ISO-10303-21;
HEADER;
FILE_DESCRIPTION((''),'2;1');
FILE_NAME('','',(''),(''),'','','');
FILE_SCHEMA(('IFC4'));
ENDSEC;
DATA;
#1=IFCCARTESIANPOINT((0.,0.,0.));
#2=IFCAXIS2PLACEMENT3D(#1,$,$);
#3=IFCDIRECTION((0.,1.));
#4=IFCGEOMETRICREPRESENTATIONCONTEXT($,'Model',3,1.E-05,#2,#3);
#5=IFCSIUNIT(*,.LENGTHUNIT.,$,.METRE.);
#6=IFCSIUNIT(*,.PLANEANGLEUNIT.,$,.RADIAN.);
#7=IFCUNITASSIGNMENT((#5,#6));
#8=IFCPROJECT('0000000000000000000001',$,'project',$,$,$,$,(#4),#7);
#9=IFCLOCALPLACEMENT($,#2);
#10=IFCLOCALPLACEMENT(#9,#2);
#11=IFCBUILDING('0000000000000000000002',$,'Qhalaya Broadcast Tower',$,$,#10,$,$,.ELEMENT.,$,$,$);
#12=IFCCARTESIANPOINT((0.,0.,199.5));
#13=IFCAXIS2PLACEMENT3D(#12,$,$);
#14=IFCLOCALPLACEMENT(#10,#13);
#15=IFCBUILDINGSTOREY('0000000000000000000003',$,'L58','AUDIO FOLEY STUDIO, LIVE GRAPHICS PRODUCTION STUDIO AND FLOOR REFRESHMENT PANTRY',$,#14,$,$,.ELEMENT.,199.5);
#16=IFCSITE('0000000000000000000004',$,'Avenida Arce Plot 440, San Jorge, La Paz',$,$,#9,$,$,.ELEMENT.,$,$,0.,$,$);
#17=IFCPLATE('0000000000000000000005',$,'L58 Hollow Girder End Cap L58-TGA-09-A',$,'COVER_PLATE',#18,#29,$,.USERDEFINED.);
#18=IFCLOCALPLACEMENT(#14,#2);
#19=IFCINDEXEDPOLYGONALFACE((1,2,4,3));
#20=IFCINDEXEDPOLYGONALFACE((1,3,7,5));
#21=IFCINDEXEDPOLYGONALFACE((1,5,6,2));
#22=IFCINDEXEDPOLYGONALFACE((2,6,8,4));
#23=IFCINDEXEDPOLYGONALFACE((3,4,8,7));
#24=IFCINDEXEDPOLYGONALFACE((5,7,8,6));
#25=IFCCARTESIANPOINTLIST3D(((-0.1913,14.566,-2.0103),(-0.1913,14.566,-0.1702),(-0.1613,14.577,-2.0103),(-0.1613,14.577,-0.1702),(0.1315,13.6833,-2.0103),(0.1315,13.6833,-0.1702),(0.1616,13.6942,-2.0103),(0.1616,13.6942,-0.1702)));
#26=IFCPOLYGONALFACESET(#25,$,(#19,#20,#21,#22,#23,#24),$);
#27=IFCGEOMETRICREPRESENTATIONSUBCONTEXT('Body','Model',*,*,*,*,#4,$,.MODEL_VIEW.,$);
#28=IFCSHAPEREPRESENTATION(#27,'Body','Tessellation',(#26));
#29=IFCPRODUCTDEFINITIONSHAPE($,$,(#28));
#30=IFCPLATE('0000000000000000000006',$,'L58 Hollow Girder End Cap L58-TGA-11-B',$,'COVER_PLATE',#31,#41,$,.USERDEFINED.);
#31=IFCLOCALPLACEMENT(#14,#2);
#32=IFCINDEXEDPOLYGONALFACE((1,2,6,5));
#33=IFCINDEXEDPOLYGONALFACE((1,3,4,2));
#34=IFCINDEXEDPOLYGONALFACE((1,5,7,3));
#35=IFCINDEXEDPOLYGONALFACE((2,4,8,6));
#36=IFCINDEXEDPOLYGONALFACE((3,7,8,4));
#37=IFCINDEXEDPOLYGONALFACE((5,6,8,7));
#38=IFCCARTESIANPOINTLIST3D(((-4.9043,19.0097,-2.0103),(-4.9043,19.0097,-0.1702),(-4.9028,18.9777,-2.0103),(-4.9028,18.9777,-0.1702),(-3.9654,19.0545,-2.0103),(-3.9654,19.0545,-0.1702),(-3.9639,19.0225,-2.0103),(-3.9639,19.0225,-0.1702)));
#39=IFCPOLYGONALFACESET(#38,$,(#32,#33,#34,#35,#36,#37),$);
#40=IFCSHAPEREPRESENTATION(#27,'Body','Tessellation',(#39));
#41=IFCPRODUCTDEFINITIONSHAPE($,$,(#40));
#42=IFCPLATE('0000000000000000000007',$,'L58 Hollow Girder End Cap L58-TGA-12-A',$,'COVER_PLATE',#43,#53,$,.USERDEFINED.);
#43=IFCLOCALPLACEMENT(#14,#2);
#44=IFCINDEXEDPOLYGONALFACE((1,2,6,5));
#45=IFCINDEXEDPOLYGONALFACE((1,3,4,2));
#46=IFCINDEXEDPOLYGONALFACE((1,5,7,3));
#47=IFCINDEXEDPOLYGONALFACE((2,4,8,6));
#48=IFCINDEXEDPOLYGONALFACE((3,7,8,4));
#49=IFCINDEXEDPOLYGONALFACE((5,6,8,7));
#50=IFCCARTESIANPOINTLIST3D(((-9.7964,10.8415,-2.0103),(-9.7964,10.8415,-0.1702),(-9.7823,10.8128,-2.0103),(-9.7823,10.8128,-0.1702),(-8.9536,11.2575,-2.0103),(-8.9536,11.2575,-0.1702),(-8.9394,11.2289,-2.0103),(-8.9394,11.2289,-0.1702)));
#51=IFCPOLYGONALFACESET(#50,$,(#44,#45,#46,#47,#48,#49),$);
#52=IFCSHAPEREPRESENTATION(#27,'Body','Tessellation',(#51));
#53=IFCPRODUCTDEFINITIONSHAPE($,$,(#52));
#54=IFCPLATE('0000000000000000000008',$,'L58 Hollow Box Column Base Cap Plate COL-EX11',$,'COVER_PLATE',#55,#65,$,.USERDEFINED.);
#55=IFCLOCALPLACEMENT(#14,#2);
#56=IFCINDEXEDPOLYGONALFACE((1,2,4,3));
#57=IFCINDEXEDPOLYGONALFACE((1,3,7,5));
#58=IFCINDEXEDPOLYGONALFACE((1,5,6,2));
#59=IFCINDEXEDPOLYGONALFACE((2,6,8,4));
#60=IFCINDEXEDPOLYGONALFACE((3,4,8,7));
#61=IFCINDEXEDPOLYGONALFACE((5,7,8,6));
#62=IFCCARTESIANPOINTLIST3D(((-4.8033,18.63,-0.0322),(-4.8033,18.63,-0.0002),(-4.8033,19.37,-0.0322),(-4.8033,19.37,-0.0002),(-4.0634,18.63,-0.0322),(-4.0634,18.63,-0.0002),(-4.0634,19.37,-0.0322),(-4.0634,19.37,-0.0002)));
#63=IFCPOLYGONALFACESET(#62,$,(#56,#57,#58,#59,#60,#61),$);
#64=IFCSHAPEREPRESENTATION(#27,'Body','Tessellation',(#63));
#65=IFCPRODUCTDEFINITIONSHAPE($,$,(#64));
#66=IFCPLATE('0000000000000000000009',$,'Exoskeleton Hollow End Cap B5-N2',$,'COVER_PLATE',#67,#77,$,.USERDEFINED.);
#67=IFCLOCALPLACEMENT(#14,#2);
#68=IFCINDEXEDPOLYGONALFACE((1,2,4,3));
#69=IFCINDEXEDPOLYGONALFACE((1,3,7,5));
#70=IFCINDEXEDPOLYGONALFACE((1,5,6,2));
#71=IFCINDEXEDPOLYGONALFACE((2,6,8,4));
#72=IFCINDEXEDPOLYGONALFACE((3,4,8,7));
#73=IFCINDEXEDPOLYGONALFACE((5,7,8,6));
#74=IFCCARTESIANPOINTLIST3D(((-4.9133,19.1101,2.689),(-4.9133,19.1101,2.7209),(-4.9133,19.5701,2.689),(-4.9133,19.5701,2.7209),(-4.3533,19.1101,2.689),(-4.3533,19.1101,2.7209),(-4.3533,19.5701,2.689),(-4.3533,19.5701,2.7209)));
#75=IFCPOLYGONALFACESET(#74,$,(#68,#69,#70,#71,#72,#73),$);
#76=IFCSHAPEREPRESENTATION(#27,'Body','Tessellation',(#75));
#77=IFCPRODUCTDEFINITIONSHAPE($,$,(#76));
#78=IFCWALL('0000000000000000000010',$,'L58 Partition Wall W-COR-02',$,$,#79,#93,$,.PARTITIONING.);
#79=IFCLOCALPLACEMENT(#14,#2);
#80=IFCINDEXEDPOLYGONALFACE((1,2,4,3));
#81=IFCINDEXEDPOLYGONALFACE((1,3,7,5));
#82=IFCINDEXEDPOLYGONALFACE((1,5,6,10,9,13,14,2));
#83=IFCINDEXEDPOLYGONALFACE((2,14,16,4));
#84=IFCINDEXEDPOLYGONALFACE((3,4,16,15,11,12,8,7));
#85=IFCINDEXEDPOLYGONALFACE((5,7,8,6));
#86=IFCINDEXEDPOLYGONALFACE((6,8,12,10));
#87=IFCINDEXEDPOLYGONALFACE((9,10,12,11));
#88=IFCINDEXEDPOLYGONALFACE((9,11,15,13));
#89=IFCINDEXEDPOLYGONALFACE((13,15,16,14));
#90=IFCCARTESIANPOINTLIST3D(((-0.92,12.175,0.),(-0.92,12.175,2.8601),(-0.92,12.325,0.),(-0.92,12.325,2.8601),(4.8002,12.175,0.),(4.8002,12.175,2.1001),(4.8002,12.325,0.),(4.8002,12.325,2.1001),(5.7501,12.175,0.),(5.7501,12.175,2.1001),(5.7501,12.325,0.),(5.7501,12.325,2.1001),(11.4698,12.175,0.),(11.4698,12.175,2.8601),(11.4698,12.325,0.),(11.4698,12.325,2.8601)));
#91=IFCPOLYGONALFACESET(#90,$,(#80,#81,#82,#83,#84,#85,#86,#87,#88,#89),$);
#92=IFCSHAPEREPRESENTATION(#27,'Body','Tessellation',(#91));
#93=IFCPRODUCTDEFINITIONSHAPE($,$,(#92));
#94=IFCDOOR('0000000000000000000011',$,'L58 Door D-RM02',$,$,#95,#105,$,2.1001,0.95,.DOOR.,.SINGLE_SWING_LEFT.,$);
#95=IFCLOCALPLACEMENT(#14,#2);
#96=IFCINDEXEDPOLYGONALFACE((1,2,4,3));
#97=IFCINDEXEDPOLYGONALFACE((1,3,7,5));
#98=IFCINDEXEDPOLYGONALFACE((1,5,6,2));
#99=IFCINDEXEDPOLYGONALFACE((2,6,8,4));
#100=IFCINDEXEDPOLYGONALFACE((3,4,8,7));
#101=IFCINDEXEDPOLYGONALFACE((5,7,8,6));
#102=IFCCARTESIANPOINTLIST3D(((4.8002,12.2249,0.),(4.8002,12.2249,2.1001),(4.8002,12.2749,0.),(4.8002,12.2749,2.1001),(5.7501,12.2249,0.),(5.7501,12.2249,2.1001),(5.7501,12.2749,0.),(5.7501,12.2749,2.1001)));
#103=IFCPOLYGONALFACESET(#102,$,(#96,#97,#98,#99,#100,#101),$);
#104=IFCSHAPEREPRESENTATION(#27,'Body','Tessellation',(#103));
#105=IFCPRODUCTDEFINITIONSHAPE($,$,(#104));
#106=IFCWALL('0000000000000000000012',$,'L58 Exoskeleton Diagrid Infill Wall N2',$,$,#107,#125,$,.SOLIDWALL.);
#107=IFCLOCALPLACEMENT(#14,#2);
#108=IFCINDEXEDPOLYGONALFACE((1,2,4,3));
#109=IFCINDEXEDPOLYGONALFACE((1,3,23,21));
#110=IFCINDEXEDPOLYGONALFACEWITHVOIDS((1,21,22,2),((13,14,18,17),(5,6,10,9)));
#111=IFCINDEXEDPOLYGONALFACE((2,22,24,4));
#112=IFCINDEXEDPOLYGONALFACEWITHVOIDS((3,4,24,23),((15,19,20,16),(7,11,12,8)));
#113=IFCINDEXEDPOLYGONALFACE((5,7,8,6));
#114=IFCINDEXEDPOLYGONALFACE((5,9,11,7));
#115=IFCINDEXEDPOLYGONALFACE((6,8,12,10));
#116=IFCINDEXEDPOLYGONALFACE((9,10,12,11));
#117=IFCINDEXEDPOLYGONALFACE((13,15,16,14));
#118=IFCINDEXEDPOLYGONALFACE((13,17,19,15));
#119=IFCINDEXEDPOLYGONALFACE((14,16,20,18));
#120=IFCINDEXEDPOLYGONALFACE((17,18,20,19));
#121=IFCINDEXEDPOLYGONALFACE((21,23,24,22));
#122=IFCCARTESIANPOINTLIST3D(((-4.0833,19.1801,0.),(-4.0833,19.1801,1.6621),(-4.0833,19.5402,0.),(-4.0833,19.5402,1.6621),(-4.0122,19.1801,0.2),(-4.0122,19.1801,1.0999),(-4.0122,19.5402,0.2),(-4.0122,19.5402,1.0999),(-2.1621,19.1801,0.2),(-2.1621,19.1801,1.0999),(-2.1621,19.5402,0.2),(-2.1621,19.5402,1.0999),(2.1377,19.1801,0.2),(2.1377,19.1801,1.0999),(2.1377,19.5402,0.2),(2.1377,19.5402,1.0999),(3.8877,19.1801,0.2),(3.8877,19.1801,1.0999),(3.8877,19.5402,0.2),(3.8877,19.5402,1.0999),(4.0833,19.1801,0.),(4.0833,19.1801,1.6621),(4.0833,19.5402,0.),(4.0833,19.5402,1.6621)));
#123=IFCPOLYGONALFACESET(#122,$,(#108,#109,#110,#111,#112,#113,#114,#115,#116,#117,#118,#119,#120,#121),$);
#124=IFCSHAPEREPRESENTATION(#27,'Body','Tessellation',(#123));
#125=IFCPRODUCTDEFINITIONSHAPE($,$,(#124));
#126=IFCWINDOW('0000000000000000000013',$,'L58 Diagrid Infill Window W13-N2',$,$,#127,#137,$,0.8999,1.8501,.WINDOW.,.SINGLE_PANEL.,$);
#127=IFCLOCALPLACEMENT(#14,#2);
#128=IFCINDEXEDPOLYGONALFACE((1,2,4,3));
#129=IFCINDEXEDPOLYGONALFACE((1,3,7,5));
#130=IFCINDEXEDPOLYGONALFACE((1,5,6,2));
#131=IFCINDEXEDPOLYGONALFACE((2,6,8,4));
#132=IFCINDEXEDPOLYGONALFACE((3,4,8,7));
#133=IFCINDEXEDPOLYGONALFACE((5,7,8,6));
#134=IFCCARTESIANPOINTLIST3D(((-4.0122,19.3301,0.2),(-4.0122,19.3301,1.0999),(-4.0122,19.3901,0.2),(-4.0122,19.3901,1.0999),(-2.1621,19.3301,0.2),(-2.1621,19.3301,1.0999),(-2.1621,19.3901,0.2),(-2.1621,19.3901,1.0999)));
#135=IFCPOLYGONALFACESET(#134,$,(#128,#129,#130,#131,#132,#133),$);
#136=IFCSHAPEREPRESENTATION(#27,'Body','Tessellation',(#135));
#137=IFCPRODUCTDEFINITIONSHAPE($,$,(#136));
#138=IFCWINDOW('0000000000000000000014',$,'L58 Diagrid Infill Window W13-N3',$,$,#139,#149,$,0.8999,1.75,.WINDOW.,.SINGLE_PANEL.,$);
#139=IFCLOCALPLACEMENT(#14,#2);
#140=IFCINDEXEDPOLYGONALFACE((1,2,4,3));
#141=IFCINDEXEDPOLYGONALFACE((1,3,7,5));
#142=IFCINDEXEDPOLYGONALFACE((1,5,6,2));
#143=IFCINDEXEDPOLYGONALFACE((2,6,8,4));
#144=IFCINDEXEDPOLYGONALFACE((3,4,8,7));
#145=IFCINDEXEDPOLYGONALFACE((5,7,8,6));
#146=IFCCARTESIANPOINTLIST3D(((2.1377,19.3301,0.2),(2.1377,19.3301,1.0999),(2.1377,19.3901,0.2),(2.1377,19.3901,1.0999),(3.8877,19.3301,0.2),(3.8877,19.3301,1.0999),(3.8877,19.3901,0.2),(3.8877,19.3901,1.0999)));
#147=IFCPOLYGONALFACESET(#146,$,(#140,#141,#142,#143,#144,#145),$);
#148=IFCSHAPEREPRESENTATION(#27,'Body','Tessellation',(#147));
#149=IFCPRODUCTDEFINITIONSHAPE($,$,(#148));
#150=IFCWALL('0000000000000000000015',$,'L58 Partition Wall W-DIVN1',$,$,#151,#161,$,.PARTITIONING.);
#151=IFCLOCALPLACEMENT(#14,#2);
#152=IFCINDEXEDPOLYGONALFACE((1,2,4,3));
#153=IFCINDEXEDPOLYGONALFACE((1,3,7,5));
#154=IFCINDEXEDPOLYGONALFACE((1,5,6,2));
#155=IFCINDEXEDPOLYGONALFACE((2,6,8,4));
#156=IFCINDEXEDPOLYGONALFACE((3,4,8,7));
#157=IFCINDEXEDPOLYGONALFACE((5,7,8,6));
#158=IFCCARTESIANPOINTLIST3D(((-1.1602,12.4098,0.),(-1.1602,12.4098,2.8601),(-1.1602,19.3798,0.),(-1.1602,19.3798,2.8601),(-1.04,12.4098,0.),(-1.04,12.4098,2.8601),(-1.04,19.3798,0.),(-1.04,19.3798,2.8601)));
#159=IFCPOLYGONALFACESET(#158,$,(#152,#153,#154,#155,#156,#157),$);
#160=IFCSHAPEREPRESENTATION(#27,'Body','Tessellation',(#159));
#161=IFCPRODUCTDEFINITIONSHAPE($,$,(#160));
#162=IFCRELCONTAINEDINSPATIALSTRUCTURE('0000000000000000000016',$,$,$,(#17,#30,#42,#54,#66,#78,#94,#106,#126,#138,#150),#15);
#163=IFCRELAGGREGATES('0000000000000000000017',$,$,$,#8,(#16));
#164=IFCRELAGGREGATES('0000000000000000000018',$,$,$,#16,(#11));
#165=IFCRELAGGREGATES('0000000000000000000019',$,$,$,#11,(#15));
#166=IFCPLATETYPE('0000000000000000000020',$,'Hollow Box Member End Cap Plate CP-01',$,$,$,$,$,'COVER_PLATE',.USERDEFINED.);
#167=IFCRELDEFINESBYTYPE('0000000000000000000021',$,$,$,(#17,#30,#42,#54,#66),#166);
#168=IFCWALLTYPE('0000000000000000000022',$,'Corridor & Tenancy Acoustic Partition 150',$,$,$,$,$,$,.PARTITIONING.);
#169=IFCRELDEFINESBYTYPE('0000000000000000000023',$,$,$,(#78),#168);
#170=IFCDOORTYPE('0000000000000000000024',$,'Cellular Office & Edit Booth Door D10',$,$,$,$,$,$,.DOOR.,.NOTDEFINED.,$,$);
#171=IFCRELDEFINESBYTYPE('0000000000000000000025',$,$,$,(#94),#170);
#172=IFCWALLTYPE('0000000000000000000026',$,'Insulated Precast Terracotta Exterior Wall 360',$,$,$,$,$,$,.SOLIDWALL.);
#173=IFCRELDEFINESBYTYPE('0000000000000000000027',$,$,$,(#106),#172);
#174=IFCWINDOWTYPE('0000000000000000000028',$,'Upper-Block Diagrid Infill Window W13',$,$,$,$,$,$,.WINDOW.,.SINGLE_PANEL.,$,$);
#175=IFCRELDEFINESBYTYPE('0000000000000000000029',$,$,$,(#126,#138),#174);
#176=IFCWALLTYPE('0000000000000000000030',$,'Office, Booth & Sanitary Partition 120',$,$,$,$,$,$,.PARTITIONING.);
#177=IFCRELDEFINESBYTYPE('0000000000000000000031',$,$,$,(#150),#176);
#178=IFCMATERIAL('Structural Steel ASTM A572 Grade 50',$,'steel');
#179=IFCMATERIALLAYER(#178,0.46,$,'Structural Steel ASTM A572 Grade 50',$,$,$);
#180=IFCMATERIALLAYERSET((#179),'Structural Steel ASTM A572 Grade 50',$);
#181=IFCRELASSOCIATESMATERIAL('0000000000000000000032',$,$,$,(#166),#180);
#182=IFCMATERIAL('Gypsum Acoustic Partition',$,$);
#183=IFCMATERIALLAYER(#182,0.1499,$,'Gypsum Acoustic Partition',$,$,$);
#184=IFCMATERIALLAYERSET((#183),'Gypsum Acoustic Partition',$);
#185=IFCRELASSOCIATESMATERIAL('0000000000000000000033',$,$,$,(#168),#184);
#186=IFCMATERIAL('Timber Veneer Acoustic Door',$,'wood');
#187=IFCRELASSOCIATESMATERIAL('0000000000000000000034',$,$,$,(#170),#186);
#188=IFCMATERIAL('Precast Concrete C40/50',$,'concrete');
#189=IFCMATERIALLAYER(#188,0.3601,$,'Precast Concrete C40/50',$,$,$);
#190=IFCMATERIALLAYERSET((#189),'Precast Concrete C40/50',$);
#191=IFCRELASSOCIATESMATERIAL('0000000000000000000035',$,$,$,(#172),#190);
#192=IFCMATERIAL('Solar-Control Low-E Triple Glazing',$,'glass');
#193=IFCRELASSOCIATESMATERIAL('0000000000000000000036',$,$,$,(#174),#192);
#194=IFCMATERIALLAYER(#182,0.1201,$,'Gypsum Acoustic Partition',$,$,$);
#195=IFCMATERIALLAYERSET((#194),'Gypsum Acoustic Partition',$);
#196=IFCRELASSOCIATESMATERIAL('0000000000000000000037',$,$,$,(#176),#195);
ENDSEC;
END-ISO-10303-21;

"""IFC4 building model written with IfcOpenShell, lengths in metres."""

from ifc_helpers import new_model, si_unit, direction, frame, frame_2d, origin, origin_2d, place, context, subcontext, project, spatial, rectangle, extrude, material, layer, layer_set, type_object, element, fill, save


model = new_model("IFC4")

# Units and contexts
model_context = context("Model", 3, precision=1e-05, world=origin(), true_north=direction((0.0, 1.0)))
body_context = subcontext(model_context, "Body", "Model", "MODEL_VIEW")
ifc_project = project(units=[si_unit("LENGTHUNIT", "METRE"), si_unit("PLANEANGLEUNIT", "RADIAN")], contexts=[model_context])

# Site, building, storey
site_placement = place(None, origin())
site = spatial("IfcSite", under=ifc_project, at=site_placement, Name="Avenida Arce Plot 440, San Jorge, La Paz", CompositionType="ELEMENT", RefElevation=0.0)
building_placement = place(site_placement, origin())
building = spatial("IfcBuilding", under=site, at=building_placement, Name="Qhalaya Broadcast Tower", CompositionType="ELEMENT")
storey_placement = place(building_placement, frame((0.0, 0.0, 199.5)))
storey = spatial("IfcBuildingStorey", under=building, at=storey_placement, Name="L58", Description="AUDIO FOLEY STUDIO, LIVE GRAPHICS PRODUCTION STUDIO AND FLOOR REFRESHMENT PANTRY", CompositionType="ELEMENT", Elevation=199.5)

# Shared definitions
ifc_material_1 = material(Name="Structural Steel ASTM A572 Grade 50", Category="steel")

# Plates
ifc_layer_1 = layer(ifc_material_1, 0.46, Name="Structural Steel ASTM A572 Grade 50")
ifc_layer_set_1 = layer_set([ifc_layer_1], Name="Structural Steel ASTM A572 Grade 50")
plate_type_1 = type_object("IfcPlateType", Name="Hollow Box Member End Cap Plate CP-01", ElementType="COVER_PLATE", PredefinedType="USERDEFINED", material=ifc_layer_set_1)
for number, where, z_axis, x_axis, name in (
    (1, (-0.0149, 14.1301, -2.0103), (0.0, 0.0, 1.0), (-0.343496, 0.939154, 0.0), "L58 Hollow Girder End Cap L58-TGA-09-A"),
    (2, (-4.4341, 19.0161, -2.0103), (0.0, 0.0, 1.0), (-0.998863, -0.047664, 0.0), "L58 Hollow Girder End Cap L58-TGA-11-B"),
    (3, (-9.3679, 11.0352, -2.0103), (0.0, 0.0, 1.0), (-0.896687, -0.442664, 0.0), "L58 Hollow Girder End Cap L58-TGA-12-A"),
):
    element("IfcPlate", number, at=place(storey_placement, frame(where, z_axis=z_axis, x_axis=x_axis)), inside=storey, type_object=plate_type_1, Name=name, ObjectType="COVER_PLATE", PredefinedType="USERDEFINED", context=body_context, shape_type="SweptSolid", body=[
        extrude(rectangle(XDim=0.9399, YDim=0.032, at=origin_2d()), origin(), (0.0, 0.0, 1.0), 1.8401),
    ])
plate_1_placement = place(storey_placement, frame((-4.4333, 19.0, -0.0322), z_axis=(0.0, 0.0, 1.0), x_axis=(1.0, 0.0, 0.0)))
element("IfcPlate", 4, at=plate_1_placement, inside=storey, type_object=plate_type_1, Name="L58 Hollow Box Column Base Cap Plate COL-EX11", ObjectType="COVER_PLATE", PredefinedType="USERDEFINED", context=body_context, shape_type="SweptSolid", body=[
    extrude(rectangle(XDim=0.74, YDim=0.74, at=origin_2d()), origin(), (0.0, 0.0, 1.0), 0.032),
])
plate_2_placement = place(storey_placement, frame((-4.6333, 19.3401, 2.689), z_axis=(0.0, 0.0, 1.0), x_axis=(1.0, 0.0, 0.0)))
element("IfcPlate", 5, at=plate_2_placement, inside=storey, type_object=plate_type_1, Name="Exoskeleton Hollow End Cap B5-N2", ObjectType="COVER_PLATE", PredefinedType="USERDEFINED", context=body_context, shape_type="SweptSolid", body=[
    extrude(rectangle(XDim=0.5601, YDim=0.46, at=origin_2d()), origin(), (0.0, 0.0, 1.0), 0.032),
])

# Wall, opening, door
ifc_material_2 = material(Name="Gypsum Acoustic Partition")
ifc_layer_2 = layer(ifc_material_2, 0.1499, Name="Gypsum Acoustic Partition")
ifc_layer_set_2 = layer_set([ifc_layer_2], Name="Gypsum Acoustic Partition")
wall_type_1 = type_object("IfcWallType", Name="Corridor & Tenancy Acoustic Partition 150", PredefinedType="PARTITIONING", material=ifc_layer_set_2)
wall_1_placement = place(storey_placement, frame((-0.9199, 12.25, 0.0), z_axis=(0.0, 0.0, 1.0), x_axis=(1.0, 0.0, 0.0)))
wall_1 = element("IfcWall", 6, at=wall_1_placement, inside=storey, type_object=wall_type_1, Name="L58 Partition Wall W-COR-02", PredefinedType="PARTITIONING", context=body_context, shape_type="SweptSolid", body=[
    extrude(rectangle(XDim=12.3899, YDim=0.1499, at=frame_2d((6.1948, 0.0))), origin(), (0.0, 0.0, 1.0), 2.8601),
])
opening_1_placement = place(wall_1_placement, frame((5.72, 0.0, 0.0)))
opening_1 = element("IfcOpeningElement", 7, at=opening_1_placement, cuts=wall_1, PredefinedType="OPENING", context=body_context, shape_type="SweptSolid", body=[
    extrude(rectangle(XDim=0.95, YDim=2.1001, at=frame_2d((0.4751, 1.05))), frame((0.0, 0.0869, 0.0), z_axis=(0.0, -1.0, 0.0), x_axis=(1.0, 0.0, 0.0)), (0.0, 0.0, 1.0), 0.1738),
])
ifc_material_3 = material(Name="Timber Veneer Acoustic Door", Category="wood")
door_type = type_object("IfcDoorType", Name="Cellular Office & Edit Booth Door D10", OperationType="NOTDEFINED", PredefinedType="DOOR", material=ifc_material_3)
door_placement = place(opening_1_placement, origin())
door = element("IfcDoor", 8, at=door_placement, inside=storey, type_object=door_type, Name="L58 Door D-RM02", OperationType="SINGLE_SWING_LEFT", OverallHeight=2.1001, OverallWidth=0.95, PredefinedType="DOOR", context=body_context, shape_type="SweptSolid", body=[
    extrude(rectangle(XDim=0.95, YDim=2.1001, at=frame_2d((0.4751, 1.05))), frame((0.0, 0.0249, 0.0), z_axis=(0.0, -1.0, 0.0), x_axis=(1.0, 0.0, 0.0)), (0.0, 0.0, 1.0), 0.05),
])
fill(opening_1, door)

# Wall, openings, windows
ifc_material_4 = material(Name="Precast Concrete C40/50", Category="concrete")
ifc_layer_3 = layer(ifc_material_4, 0.3601, Name="Precast Concrete C40/50")
ifc_layer_set_3 = layer_set([ifc_layer_3], Name="Precast Concrete C40/50")
wall_type_2 = type_object("IfcWallType", Name="Insulated Precast Terracotta Exterior Wall 360", PredefinedType="SOLIDWALL", material=ifc_layer_set_3)
wall_2_placement = place(storey_placement, frame((-4.0833, 19.3601, 0.0), z_axis=(0.0, 0.0, 1.0), x_axis=(1.0, 0.0, 0.0)))
wall_2 = element("IfcWall", 9, at=wall_2_placement, inside=storey, type_object=wall_type_2, Name="L58 Exoskeleton Diagrid Infill Wall N2", PredefinedType="SOLIDWALL", context=body_context, shape_type="SweptSolid", body=[
    extrude(rectangle(XDim=8.1665, YDim=0.3601, at=frame_2d((4.0833, 0.0))), origin(), (0.0, 0.0, 1.0), 1.6621),
])
opening_2_placement = place(wall_2_placement, frame((0.071, 0.0, 0.2)))
opening_2 = element("IfcOpeningElement", 10, at=opening_2_placement, cuts=wall_2, PredefinedType="OPENING", context=body_context, shape_type="SweptSolid", body=[
    extrude(rectangle(XDim=1.8501, YDim=0.8999, at=frame_2d((0.925, 0.45))), frame((0.0, 0.1921, 0.0), z_axis=(0.0, -1.0, 0.0), x_axis=(1.0, 0.0, 0.0)), (0.0, 0.0, 1.0), 0.384),
])
opening_3_placement = place(wall_2_placement, frame((6.2209, 0.0, 0.2)))
opening_3 = element("IfcOpeningElement", 11, at=opening_3_placement, cuts=wall_2, PredefinedType="OPENING", context=body_context, shape_type="SweptSolid", body=[
    extrude(rectangle(XDim=1.75, YDim=0.8999, at=frame_2d((0.875, 0.45))), frame((0.0, 0.1921, 0.0), z_axis=(0.0, -1.0, 0.0), x_axis=(1.0, 0.0, 0.0)), (0.0, 0.0, 1.0), 0.384),
])
ifc_material_5 = material(Name="Solar-Control Low-E Triple Glazing", Category="glass")
window_type = type_object("IfcWindowType", Name="Upper-Block Diagrid Infill Window W13", PartitioningType="SINGLE_PANEL", PredefinedType="WINDOW", material=ifc_material_5)
window_1_placement = place(opening_2_placement, origin())
window_1 = element("IfcWindow", 12, at=window_1_placement, inside=storey, type_object=window_type, Name="L58 Diagrid Infill Window W13-N2", OverallHeight=0.8999, OverallWidth=1.8501, PartitioningType="SINGLE_PANEL", PredefinedType="WINDOW", context=body_context, shape_type="SweptSolid", body=[
    extrude(rectangle(XDim=1.8501, YDim=0.8999, at=frame_2d((0.925, 0.45))), frame((0.0, 0.03, 0.0), z_axis=(0.0, -1.0, 0.0), x_axis=(1.0, 0.0, 0.0)), (0.0, 0.0, 1.0), 0.0601),
])
fill(opening_2, window_1)
window_2_placement = place(opening_3_placement, origin())
window_2 = element("IfcWindow", 13, at=window_2_placement, inside=storey, type_object=window_type, Name="L58 Diagrid Infill Window W13-N3", OverallHeight=0.8999, OverallWidth=1.75, PartitioningType="SINGLE_PANEL", PredefinedType="WINDOW", context=body_context, shape_type="SweptSolid", body=[
    extrude(rectangle(XDim=1.75, YDim=0.8999, at=frame_2d((0.875, 0.45))), frame((0.0, 0.03, 0.0), z_axis=(0.0, -1.0, 0.0), x_axis=(1.0, 0.0, 0.0)), (0.0, 0.0, 1.0), 0.0601),
])
fill(opening_3, window_2)

# Wall
ifc_layer_4 = layer(ifc_material_2, 0.1201, Name="Gypsum Acoustic Partition")
ifc_layer_set_4 = layer_set([ifc_layer_4], Name="Gypsum Acoustic Partition")
wall_type_3 = type_object("IfcWallType", Name="Office, Booth & Sanitary Partition 120", PredefinedType="PARTITIONING", material=ifc_layer_set_4)
wall_3_placement = place(storey_placement, frame((-1.1001, 12.4099, 0.0), z_axis=(0.0, 0.0, 1.0), x_axis=(0.0, 1.0, 0.0)))
element("IfcWall", 14, at=wall_3_placement, inside=storey, type_object=wall_type_3, Name="L58 Partition Wall W-DIVN1", PredefinedType="PARTITIONING", context=body_context, shape_type="SweptSolid", body=[
    extrude(rectangle(XDim=6.97, YDim=0.1201, at=frame_2d((3.4849, 0.0))), origin(), (0.0, 0.0, 1.0), 2.8601),
])

save(model, "model.ifc")
